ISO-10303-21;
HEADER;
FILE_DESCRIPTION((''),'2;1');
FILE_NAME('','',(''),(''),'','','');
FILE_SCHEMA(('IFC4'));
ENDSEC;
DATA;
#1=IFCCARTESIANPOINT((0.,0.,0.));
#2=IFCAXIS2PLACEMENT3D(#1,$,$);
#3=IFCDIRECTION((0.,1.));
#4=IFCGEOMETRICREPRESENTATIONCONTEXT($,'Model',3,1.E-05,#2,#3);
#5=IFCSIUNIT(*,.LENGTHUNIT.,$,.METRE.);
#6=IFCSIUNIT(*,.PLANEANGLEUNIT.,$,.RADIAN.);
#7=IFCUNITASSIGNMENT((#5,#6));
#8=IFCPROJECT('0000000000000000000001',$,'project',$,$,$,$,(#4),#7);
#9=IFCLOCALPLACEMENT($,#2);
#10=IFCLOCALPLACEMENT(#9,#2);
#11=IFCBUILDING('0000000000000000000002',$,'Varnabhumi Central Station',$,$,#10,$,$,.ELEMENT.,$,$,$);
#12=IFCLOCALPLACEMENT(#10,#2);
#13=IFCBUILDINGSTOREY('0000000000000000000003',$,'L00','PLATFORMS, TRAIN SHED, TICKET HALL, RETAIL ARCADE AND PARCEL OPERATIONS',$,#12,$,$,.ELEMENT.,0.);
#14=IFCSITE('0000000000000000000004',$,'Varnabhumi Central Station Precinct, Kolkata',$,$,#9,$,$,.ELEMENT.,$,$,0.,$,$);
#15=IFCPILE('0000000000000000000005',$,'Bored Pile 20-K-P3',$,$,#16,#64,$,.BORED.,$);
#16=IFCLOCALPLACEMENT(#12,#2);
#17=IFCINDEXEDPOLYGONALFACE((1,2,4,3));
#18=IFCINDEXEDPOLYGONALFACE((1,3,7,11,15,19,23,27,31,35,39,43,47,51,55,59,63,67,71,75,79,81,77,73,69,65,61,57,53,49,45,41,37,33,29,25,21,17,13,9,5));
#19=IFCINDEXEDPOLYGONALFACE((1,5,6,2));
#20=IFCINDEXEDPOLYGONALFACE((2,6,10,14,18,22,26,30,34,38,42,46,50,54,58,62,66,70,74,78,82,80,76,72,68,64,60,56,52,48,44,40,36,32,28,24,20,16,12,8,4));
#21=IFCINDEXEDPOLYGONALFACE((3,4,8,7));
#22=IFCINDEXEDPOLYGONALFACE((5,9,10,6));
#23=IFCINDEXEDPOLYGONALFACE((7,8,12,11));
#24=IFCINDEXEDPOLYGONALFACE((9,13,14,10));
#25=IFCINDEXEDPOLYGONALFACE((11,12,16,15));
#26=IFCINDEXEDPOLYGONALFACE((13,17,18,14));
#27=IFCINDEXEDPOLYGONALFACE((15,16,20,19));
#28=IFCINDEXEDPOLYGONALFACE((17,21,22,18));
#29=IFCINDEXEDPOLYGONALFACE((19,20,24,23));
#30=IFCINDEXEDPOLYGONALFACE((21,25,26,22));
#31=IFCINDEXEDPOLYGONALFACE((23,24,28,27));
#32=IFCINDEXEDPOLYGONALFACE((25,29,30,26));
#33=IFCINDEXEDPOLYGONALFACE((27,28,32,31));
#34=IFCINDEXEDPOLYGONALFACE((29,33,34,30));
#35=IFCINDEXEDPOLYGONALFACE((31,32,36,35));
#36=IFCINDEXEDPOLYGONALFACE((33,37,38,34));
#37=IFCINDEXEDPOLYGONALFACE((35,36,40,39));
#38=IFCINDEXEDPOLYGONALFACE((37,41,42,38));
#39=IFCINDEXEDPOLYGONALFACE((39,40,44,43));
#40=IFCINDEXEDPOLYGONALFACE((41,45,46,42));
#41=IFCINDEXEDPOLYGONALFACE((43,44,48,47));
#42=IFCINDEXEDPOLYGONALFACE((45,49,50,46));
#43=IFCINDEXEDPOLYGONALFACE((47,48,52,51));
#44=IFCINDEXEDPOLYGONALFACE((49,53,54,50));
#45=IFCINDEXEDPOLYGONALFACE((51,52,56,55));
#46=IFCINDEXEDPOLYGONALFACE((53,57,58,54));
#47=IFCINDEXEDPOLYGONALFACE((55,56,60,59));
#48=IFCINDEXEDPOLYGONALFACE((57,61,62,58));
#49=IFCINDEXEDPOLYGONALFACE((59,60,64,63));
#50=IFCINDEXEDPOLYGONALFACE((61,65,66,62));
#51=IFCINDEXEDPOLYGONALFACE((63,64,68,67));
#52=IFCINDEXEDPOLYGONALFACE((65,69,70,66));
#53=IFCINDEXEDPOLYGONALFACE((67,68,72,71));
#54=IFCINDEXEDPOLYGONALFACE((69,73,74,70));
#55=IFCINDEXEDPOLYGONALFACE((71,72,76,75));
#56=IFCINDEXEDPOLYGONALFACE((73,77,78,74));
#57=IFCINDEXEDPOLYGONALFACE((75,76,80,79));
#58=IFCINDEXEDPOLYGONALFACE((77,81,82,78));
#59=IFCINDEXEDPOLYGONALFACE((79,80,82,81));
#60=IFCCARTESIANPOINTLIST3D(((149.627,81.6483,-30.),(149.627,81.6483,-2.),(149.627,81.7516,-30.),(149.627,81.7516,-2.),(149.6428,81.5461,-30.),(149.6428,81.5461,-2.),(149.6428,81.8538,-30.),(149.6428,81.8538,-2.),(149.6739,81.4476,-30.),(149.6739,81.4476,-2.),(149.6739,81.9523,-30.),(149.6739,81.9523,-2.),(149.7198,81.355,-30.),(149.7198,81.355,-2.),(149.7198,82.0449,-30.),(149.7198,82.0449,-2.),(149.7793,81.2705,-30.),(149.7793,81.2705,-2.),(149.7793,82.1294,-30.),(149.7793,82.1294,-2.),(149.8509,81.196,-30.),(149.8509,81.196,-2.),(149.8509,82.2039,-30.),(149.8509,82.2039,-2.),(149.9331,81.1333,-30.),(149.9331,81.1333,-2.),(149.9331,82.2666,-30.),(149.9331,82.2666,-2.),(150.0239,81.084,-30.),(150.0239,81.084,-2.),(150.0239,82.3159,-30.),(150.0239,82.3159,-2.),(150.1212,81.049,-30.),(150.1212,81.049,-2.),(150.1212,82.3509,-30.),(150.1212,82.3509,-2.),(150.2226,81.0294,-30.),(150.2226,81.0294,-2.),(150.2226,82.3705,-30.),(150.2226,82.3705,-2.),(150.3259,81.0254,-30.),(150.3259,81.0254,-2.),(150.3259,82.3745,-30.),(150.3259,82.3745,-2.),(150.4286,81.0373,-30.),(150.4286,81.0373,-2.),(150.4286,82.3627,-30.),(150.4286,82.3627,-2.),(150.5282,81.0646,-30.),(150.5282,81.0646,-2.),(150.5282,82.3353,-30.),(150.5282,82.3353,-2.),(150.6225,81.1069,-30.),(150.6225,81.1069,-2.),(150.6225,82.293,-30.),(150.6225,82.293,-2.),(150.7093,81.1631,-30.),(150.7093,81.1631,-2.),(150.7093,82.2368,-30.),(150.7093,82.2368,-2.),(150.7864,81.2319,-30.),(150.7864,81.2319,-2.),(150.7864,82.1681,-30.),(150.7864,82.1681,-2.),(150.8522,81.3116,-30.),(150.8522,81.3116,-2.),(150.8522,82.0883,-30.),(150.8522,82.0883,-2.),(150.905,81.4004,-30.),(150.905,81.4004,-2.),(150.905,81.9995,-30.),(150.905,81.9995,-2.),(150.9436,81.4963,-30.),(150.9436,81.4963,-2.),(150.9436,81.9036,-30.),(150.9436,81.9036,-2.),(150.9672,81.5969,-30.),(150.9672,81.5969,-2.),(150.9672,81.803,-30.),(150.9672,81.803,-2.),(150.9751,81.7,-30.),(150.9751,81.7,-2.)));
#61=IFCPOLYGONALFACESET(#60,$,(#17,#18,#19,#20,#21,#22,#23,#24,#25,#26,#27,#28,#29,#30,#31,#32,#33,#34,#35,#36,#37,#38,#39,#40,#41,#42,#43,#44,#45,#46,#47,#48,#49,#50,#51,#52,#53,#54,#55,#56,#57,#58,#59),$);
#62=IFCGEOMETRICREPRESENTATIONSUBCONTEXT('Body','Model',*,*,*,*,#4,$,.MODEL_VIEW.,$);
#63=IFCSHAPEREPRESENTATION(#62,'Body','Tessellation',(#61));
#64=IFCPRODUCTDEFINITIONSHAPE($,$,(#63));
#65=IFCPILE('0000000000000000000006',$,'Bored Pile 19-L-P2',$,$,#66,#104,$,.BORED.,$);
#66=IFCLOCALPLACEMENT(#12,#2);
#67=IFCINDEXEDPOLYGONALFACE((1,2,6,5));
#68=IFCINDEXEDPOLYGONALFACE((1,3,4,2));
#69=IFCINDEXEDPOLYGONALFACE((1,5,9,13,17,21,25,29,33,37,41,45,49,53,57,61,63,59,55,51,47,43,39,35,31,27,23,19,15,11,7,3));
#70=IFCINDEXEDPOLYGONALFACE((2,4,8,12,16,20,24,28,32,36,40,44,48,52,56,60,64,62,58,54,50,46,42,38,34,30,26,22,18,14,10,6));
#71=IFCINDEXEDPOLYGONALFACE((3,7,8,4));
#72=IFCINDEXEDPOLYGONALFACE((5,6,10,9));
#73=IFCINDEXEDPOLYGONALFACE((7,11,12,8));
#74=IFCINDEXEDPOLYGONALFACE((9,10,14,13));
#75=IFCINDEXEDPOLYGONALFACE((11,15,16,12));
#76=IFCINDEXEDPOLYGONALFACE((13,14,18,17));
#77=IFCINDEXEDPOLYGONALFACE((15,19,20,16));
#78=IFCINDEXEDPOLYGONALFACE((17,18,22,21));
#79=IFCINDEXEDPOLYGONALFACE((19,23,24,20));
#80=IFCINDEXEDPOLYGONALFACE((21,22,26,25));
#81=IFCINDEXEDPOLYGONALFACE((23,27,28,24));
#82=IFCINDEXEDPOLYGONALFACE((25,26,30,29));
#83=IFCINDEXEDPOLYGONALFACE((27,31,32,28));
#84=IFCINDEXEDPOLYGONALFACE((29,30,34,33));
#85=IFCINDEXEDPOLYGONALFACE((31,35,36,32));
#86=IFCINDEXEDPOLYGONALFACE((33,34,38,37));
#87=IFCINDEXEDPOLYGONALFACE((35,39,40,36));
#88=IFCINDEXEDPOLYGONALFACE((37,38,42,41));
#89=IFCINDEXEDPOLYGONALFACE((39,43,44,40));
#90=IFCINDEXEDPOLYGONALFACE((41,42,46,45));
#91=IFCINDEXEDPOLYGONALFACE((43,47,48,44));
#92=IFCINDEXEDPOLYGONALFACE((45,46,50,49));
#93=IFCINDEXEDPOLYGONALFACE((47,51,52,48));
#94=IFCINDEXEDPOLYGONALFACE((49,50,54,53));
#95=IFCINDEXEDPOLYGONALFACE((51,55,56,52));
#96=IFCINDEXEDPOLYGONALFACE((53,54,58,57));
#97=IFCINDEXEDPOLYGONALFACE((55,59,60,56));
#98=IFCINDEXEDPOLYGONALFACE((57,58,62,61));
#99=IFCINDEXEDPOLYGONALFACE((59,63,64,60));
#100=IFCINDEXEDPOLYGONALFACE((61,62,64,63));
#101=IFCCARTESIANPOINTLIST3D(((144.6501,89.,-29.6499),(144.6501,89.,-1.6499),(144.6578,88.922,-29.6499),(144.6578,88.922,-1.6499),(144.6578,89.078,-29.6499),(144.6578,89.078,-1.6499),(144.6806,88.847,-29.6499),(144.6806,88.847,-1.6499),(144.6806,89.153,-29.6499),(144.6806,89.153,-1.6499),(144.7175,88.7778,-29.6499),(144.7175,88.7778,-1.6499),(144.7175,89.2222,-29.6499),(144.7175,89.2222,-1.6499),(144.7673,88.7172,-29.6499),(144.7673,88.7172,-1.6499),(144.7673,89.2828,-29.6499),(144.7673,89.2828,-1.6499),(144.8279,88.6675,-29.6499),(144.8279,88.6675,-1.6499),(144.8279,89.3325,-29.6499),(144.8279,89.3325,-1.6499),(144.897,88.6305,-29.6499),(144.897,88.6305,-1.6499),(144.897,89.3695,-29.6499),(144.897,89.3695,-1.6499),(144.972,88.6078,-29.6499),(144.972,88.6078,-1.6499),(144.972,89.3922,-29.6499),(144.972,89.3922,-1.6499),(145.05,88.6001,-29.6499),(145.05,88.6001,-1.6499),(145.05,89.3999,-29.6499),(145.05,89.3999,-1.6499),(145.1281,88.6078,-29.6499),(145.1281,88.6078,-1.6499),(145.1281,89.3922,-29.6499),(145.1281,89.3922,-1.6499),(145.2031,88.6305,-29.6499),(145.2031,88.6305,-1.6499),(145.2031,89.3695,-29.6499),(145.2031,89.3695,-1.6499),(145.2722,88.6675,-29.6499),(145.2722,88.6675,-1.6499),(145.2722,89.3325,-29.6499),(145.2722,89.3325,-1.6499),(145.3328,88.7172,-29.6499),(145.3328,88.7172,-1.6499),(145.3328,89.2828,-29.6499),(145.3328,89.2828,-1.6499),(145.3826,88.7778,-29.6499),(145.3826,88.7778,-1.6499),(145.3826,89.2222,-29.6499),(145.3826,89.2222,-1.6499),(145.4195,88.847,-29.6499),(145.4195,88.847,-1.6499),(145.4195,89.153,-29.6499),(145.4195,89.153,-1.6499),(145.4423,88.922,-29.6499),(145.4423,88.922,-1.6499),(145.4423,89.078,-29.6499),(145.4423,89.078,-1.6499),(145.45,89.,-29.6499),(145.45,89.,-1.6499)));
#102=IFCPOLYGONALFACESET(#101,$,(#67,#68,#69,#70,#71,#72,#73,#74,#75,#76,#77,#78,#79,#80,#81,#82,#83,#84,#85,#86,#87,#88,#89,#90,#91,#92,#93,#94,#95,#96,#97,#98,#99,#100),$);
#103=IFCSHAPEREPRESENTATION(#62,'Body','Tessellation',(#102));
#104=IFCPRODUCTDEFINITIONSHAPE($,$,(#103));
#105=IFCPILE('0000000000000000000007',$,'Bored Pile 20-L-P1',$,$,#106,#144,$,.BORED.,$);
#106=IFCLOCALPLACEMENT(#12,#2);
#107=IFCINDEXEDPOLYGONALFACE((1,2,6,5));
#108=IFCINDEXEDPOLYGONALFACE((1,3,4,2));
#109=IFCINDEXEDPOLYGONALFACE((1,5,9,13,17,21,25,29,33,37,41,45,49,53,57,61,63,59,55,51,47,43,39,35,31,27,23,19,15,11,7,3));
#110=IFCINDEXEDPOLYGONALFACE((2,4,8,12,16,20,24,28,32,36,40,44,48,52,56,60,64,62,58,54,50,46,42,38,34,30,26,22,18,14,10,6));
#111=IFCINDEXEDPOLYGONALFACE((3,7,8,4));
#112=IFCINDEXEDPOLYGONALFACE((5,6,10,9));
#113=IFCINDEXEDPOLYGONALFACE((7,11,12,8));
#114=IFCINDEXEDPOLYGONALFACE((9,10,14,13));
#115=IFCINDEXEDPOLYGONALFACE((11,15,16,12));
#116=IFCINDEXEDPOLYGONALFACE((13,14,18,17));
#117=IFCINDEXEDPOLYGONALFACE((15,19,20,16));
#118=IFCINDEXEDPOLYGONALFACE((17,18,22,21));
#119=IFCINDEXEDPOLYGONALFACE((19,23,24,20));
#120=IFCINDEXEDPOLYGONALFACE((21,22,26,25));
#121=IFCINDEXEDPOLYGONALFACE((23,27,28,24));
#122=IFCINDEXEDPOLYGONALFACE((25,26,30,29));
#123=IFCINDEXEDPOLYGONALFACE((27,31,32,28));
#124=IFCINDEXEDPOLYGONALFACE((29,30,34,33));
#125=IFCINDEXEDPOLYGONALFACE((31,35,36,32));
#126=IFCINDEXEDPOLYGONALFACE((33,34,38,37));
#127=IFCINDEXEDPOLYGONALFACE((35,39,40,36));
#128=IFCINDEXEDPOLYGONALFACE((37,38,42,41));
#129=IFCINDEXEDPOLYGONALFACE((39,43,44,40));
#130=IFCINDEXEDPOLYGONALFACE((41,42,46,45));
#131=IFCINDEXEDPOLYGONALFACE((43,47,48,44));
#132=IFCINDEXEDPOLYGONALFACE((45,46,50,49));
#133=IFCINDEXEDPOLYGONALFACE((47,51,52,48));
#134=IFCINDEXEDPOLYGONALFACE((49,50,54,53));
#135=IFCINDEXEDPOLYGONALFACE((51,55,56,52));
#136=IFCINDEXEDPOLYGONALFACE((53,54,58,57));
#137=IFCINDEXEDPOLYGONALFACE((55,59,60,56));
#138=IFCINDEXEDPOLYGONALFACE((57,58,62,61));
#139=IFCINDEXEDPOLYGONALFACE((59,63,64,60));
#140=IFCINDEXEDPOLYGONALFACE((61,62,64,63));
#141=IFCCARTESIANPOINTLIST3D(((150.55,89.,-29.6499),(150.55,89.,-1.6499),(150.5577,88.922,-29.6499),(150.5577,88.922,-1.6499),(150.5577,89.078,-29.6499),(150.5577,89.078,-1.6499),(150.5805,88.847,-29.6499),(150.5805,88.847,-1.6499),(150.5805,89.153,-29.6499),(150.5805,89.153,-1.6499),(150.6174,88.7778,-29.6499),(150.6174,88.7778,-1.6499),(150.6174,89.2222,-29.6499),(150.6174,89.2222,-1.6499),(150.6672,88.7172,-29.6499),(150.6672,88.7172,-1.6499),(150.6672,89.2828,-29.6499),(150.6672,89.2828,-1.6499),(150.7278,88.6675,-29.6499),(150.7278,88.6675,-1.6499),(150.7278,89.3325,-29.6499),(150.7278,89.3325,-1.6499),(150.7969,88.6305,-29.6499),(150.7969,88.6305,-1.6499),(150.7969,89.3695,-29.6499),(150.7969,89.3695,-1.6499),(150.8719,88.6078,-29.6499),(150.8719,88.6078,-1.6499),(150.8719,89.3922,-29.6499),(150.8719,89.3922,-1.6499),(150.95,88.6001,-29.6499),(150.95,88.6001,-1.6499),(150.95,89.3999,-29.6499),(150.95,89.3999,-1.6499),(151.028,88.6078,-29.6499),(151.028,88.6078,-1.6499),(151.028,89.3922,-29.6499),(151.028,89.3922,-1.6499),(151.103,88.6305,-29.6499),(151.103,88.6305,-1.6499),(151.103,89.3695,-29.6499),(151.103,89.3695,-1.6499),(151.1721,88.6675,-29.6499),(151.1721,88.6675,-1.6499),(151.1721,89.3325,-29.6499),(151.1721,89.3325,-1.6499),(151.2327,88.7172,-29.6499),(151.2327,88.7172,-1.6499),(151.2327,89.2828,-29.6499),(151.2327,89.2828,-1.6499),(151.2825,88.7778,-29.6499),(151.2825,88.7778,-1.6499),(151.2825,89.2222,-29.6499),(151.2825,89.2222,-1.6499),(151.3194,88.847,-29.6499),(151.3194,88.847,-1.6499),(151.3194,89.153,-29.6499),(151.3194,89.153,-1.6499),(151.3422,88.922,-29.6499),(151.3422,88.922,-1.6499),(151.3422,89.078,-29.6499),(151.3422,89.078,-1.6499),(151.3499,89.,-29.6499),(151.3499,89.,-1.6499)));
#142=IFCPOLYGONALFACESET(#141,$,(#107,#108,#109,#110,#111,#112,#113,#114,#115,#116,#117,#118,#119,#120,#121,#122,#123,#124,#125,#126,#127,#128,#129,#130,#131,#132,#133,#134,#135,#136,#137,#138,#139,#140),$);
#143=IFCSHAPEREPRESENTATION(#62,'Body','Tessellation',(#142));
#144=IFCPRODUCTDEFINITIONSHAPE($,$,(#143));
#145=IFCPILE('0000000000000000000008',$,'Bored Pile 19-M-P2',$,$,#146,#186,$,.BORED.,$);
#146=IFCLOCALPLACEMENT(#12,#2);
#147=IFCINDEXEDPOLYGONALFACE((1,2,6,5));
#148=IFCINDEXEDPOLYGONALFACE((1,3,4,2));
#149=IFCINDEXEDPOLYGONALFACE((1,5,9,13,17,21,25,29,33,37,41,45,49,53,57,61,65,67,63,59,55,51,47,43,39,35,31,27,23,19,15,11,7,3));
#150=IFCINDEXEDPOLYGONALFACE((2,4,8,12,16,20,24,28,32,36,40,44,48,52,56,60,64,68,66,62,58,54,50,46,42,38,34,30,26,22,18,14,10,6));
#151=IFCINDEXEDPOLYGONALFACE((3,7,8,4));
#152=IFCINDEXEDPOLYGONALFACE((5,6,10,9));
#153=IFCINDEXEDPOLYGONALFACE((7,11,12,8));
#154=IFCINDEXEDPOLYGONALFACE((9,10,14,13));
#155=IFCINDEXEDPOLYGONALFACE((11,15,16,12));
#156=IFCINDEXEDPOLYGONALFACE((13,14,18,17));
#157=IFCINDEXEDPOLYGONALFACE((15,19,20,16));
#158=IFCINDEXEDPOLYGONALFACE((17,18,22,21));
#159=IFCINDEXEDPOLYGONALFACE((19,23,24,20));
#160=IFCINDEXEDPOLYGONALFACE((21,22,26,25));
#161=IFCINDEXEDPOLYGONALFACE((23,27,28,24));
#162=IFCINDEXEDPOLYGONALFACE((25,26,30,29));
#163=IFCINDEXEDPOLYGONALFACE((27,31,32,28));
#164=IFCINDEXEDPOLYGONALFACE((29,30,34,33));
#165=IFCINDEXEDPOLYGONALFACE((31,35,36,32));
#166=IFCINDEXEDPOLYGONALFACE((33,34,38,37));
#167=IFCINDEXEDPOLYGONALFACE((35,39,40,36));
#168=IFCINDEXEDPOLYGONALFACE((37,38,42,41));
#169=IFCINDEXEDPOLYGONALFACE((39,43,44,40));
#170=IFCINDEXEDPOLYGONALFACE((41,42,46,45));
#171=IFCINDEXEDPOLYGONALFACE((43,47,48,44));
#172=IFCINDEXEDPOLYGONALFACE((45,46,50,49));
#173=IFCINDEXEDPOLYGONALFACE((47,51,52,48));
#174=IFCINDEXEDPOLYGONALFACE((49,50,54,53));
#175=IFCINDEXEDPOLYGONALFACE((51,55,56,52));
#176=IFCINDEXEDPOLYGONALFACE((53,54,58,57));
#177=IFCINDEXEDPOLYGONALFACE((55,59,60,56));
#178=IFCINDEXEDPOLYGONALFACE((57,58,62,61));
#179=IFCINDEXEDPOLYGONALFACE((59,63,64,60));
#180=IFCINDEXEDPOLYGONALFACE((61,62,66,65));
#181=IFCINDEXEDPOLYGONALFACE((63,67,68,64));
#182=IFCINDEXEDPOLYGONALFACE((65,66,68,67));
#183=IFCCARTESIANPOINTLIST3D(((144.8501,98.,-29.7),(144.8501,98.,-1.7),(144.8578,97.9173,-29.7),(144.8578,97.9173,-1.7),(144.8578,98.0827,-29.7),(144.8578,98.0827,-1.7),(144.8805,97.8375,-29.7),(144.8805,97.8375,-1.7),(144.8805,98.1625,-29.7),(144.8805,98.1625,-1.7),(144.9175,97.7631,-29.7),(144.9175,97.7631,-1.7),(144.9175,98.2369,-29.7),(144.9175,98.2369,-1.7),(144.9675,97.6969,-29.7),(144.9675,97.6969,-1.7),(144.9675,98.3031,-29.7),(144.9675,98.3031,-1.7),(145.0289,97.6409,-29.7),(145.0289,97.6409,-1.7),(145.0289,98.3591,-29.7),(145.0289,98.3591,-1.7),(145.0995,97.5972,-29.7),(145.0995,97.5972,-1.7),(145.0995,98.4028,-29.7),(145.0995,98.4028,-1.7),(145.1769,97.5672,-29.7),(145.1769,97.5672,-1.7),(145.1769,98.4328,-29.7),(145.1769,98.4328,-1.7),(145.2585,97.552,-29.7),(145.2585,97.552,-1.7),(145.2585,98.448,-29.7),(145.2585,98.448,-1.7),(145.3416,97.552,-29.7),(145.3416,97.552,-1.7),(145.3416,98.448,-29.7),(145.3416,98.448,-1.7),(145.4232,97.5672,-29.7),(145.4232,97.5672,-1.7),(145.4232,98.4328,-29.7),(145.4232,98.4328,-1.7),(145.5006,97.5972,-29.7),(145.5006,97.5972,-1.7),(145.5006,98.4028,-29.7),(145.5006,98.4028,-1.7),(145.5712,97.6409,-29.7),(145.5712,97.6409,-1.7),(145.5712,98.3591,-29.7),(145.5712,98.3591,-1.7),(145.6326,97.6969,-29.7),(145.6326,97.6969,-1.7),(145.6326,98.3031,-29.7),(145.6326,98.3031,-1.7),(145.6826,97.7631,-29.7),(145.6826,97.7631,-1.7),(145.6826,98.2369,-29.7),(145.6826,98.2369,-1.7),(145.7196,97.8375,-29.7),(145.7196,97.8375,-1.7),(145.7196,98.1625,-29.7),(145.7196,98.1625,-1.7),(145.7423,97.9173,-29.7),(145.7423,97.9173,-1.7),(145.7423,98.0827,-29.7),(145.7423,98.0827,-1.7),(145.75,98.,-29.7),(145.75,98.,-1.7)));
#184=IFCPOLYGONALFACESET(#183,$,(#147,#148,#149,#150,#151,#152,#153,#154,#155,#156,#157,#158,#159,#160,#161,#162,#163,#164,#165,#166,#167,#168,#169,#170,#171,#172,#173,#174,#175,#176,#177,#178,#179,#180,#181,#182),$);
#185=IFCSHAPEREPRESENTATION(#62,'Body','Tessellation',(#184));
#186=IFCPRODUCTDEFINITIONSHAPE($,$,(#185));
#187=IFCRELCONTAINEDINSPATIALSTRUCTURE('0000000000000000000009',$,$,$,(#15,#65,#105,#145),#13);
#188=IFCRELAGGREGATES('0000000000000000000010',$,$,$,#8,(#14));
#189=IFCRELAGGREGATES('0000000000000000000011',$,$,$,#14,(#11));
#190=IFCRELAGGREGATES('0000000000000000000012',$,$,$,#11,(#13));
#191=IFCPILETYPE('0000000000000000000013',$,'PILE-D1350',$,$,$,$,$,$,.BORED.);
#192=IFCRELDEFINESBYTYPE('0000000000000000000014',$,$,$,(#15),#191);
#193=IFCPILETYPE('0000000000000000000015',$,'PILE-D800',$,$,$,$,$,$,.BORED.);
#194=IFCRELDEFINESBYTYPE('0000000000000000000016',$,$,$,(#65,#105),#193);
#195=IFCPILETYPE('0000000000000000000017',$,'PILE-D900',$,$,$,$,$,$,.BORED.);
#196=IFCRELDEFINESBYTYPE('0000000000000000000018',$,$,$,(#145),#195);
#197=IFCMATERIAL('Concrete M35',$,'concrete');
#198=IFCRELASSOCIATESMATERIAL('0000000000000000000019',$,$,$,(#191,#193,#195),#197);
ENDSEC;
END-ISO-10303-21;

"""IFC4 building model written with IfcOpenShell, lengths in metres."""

from ifc_helpers import new_model, si_unit, direction, frame, origin, origin_2d, place, context, subcontext, project, spatial, circle, extrude, material, material_profile, profile_set, type_object, element, save


model = new_model("IFC4")

# Units and contexts
model_context = context("Model", 3, precision=1e-05, world=origin(), true_north=direction((0.0, 1.0)))
body_context = subcontext(model_context, "Body", "Model", "MODEL_VIEW")
ifc_project = project(units=[si_unit("LENGTHUNIT", "METRE"), si_unit("PLANEANGLEUNIT", "RADIAN")], contexts=[model_context])

# Site, building, storey
site_placement = place(None, origin())
site = spatial("IfcSite", under=ifc_project, at=site_placement, Name="Varnabhumi Central Station Precinct, Kolkata", CompositionType="ELEMENT", RefElevation=0.0)
building_placement = place(site_placement, origin())
building = spatial("IfcBuilding", under=site, at=building_placement, Name="Varnabhumi Central Station", CompositionType="ELEMENT")
storey_placement = place(building_placement, origin())
storey = spatial("IfcBuildingStorey", under=building, at=storey_placement, Name="L00", Description="PLATFORMS, TRAIN SHED, TICKET HALL, RETAIL ARCADE AND PARCEL OPERATIONS", CompositionType="ELEMENT", Elevation=0.0)

# Piles
ifc_material_1 = material(Name="Concrete M35", Category="concrete")
ifc_material_profile_1 = material_profile(ifc_material_1, circle(Radius=0.675, at=origin_2d()), Name="Concrete M35", Category="concrete")
ifc_profile_set_1 = profile_set([ifc_material_profile_1], Name="Concrete M35")
pile_type_1 = type_object("IfcPileType", Name="PILE-D1350", PredefinedType="BORED", material=ifc_profile_set_1)
pile_1_placement = place(storey_placement, frame((150.3, 81.7, -2.0), z_axis=(0.0, 0.0, -1.0), x_axis=(1.0, 0.0, 0.0)))
element("IfcPile", 1, at=pile_1_placement, inside=storey, type_object=pile_type_1, Name="Bored Pile 20-K-P3", PredefinedType="BORED", context=body_context, shape_type="SweptSolid", body=[
    extrude(circle(Radius=0.675, at=origin_2d()), origin(), (0.0, 0.0, 1.0), 28.0),
])
ifc_material_profile_2 = material_profile(ifc_material_1, circle(Radius=0.3999, at=origin_2d()), Name="Concrete M35", Category="concrete")
ifc_profile_set_2 = profile_set([ifc_material_profile_2], Name="Concrete M35")
pile_type_2 = type_object("IfcPileType", Name="PILE-D800", PredefinedType="BORED", material=ifc_profile_set_2)
for number, where, z_axis, x_axis, name in (
    (2, (145.05, 89.0, -1.6499), (0.0, 0.0, -1.0), (1.0, 0.0, 0.0), "Bored Pile 19-L-P2"),
    (3, (150.95, 89.0, -1.6499), (0.0, 0.0, -1.0), (1.0, 0.0, 0.0), "Bored Pile 20-L-P1"),
):
    element("IfcPile", number, at=place(storey_placement, frame(where, z_axis=z_axis, x_axis=x_axis)), inside=storey, type_object=pile_type_2, Name=name, PredefinedType="BORED", context=body_context, shape_type="SweptSolid", body=[
        extrude(circle(Radius=0.3999, at=origin_2d()), origin(), (0.0, 0.0, 1.0), 28.0),
    ])
ifc_material_profile_3 = material_profile(ifc_material_1, circle(Radius=0.45, at=origin_2d()), Name="Concrete M35", Category="concrete")
ifc_profile_set_3 = profile_set([ifc_material_profile_3], Name="Concrete M35")
pile_type_3 = type_object("IfcPileType", Name="PILE-D900", PredefinedType="BORED", material=ifc_profile_set_3)
for number, where, z_axis, x_axis, name in (
    (4, (145.3, 98.0, -1.7), (0.0, 0.0, -1.0), (1.0, 0.0, 0.0), "Bored Pile 19-M-P2"),
):
    element("IfcPile", number, at=place(storey_placement, frame(where, z_axis=z_axis, x_axis=x_axis)), inside=storey, type_object=pile_type_3, Name=name, PredefinedType="BORED", context=body_context, shape_type="SweptSolid", body=[
        extrude(circle(Radius=0.45, at=origin_2d()), origin(), (0.0, 0.0, 1.0), 28.0),
    ])

save(model, "model.ifc")
